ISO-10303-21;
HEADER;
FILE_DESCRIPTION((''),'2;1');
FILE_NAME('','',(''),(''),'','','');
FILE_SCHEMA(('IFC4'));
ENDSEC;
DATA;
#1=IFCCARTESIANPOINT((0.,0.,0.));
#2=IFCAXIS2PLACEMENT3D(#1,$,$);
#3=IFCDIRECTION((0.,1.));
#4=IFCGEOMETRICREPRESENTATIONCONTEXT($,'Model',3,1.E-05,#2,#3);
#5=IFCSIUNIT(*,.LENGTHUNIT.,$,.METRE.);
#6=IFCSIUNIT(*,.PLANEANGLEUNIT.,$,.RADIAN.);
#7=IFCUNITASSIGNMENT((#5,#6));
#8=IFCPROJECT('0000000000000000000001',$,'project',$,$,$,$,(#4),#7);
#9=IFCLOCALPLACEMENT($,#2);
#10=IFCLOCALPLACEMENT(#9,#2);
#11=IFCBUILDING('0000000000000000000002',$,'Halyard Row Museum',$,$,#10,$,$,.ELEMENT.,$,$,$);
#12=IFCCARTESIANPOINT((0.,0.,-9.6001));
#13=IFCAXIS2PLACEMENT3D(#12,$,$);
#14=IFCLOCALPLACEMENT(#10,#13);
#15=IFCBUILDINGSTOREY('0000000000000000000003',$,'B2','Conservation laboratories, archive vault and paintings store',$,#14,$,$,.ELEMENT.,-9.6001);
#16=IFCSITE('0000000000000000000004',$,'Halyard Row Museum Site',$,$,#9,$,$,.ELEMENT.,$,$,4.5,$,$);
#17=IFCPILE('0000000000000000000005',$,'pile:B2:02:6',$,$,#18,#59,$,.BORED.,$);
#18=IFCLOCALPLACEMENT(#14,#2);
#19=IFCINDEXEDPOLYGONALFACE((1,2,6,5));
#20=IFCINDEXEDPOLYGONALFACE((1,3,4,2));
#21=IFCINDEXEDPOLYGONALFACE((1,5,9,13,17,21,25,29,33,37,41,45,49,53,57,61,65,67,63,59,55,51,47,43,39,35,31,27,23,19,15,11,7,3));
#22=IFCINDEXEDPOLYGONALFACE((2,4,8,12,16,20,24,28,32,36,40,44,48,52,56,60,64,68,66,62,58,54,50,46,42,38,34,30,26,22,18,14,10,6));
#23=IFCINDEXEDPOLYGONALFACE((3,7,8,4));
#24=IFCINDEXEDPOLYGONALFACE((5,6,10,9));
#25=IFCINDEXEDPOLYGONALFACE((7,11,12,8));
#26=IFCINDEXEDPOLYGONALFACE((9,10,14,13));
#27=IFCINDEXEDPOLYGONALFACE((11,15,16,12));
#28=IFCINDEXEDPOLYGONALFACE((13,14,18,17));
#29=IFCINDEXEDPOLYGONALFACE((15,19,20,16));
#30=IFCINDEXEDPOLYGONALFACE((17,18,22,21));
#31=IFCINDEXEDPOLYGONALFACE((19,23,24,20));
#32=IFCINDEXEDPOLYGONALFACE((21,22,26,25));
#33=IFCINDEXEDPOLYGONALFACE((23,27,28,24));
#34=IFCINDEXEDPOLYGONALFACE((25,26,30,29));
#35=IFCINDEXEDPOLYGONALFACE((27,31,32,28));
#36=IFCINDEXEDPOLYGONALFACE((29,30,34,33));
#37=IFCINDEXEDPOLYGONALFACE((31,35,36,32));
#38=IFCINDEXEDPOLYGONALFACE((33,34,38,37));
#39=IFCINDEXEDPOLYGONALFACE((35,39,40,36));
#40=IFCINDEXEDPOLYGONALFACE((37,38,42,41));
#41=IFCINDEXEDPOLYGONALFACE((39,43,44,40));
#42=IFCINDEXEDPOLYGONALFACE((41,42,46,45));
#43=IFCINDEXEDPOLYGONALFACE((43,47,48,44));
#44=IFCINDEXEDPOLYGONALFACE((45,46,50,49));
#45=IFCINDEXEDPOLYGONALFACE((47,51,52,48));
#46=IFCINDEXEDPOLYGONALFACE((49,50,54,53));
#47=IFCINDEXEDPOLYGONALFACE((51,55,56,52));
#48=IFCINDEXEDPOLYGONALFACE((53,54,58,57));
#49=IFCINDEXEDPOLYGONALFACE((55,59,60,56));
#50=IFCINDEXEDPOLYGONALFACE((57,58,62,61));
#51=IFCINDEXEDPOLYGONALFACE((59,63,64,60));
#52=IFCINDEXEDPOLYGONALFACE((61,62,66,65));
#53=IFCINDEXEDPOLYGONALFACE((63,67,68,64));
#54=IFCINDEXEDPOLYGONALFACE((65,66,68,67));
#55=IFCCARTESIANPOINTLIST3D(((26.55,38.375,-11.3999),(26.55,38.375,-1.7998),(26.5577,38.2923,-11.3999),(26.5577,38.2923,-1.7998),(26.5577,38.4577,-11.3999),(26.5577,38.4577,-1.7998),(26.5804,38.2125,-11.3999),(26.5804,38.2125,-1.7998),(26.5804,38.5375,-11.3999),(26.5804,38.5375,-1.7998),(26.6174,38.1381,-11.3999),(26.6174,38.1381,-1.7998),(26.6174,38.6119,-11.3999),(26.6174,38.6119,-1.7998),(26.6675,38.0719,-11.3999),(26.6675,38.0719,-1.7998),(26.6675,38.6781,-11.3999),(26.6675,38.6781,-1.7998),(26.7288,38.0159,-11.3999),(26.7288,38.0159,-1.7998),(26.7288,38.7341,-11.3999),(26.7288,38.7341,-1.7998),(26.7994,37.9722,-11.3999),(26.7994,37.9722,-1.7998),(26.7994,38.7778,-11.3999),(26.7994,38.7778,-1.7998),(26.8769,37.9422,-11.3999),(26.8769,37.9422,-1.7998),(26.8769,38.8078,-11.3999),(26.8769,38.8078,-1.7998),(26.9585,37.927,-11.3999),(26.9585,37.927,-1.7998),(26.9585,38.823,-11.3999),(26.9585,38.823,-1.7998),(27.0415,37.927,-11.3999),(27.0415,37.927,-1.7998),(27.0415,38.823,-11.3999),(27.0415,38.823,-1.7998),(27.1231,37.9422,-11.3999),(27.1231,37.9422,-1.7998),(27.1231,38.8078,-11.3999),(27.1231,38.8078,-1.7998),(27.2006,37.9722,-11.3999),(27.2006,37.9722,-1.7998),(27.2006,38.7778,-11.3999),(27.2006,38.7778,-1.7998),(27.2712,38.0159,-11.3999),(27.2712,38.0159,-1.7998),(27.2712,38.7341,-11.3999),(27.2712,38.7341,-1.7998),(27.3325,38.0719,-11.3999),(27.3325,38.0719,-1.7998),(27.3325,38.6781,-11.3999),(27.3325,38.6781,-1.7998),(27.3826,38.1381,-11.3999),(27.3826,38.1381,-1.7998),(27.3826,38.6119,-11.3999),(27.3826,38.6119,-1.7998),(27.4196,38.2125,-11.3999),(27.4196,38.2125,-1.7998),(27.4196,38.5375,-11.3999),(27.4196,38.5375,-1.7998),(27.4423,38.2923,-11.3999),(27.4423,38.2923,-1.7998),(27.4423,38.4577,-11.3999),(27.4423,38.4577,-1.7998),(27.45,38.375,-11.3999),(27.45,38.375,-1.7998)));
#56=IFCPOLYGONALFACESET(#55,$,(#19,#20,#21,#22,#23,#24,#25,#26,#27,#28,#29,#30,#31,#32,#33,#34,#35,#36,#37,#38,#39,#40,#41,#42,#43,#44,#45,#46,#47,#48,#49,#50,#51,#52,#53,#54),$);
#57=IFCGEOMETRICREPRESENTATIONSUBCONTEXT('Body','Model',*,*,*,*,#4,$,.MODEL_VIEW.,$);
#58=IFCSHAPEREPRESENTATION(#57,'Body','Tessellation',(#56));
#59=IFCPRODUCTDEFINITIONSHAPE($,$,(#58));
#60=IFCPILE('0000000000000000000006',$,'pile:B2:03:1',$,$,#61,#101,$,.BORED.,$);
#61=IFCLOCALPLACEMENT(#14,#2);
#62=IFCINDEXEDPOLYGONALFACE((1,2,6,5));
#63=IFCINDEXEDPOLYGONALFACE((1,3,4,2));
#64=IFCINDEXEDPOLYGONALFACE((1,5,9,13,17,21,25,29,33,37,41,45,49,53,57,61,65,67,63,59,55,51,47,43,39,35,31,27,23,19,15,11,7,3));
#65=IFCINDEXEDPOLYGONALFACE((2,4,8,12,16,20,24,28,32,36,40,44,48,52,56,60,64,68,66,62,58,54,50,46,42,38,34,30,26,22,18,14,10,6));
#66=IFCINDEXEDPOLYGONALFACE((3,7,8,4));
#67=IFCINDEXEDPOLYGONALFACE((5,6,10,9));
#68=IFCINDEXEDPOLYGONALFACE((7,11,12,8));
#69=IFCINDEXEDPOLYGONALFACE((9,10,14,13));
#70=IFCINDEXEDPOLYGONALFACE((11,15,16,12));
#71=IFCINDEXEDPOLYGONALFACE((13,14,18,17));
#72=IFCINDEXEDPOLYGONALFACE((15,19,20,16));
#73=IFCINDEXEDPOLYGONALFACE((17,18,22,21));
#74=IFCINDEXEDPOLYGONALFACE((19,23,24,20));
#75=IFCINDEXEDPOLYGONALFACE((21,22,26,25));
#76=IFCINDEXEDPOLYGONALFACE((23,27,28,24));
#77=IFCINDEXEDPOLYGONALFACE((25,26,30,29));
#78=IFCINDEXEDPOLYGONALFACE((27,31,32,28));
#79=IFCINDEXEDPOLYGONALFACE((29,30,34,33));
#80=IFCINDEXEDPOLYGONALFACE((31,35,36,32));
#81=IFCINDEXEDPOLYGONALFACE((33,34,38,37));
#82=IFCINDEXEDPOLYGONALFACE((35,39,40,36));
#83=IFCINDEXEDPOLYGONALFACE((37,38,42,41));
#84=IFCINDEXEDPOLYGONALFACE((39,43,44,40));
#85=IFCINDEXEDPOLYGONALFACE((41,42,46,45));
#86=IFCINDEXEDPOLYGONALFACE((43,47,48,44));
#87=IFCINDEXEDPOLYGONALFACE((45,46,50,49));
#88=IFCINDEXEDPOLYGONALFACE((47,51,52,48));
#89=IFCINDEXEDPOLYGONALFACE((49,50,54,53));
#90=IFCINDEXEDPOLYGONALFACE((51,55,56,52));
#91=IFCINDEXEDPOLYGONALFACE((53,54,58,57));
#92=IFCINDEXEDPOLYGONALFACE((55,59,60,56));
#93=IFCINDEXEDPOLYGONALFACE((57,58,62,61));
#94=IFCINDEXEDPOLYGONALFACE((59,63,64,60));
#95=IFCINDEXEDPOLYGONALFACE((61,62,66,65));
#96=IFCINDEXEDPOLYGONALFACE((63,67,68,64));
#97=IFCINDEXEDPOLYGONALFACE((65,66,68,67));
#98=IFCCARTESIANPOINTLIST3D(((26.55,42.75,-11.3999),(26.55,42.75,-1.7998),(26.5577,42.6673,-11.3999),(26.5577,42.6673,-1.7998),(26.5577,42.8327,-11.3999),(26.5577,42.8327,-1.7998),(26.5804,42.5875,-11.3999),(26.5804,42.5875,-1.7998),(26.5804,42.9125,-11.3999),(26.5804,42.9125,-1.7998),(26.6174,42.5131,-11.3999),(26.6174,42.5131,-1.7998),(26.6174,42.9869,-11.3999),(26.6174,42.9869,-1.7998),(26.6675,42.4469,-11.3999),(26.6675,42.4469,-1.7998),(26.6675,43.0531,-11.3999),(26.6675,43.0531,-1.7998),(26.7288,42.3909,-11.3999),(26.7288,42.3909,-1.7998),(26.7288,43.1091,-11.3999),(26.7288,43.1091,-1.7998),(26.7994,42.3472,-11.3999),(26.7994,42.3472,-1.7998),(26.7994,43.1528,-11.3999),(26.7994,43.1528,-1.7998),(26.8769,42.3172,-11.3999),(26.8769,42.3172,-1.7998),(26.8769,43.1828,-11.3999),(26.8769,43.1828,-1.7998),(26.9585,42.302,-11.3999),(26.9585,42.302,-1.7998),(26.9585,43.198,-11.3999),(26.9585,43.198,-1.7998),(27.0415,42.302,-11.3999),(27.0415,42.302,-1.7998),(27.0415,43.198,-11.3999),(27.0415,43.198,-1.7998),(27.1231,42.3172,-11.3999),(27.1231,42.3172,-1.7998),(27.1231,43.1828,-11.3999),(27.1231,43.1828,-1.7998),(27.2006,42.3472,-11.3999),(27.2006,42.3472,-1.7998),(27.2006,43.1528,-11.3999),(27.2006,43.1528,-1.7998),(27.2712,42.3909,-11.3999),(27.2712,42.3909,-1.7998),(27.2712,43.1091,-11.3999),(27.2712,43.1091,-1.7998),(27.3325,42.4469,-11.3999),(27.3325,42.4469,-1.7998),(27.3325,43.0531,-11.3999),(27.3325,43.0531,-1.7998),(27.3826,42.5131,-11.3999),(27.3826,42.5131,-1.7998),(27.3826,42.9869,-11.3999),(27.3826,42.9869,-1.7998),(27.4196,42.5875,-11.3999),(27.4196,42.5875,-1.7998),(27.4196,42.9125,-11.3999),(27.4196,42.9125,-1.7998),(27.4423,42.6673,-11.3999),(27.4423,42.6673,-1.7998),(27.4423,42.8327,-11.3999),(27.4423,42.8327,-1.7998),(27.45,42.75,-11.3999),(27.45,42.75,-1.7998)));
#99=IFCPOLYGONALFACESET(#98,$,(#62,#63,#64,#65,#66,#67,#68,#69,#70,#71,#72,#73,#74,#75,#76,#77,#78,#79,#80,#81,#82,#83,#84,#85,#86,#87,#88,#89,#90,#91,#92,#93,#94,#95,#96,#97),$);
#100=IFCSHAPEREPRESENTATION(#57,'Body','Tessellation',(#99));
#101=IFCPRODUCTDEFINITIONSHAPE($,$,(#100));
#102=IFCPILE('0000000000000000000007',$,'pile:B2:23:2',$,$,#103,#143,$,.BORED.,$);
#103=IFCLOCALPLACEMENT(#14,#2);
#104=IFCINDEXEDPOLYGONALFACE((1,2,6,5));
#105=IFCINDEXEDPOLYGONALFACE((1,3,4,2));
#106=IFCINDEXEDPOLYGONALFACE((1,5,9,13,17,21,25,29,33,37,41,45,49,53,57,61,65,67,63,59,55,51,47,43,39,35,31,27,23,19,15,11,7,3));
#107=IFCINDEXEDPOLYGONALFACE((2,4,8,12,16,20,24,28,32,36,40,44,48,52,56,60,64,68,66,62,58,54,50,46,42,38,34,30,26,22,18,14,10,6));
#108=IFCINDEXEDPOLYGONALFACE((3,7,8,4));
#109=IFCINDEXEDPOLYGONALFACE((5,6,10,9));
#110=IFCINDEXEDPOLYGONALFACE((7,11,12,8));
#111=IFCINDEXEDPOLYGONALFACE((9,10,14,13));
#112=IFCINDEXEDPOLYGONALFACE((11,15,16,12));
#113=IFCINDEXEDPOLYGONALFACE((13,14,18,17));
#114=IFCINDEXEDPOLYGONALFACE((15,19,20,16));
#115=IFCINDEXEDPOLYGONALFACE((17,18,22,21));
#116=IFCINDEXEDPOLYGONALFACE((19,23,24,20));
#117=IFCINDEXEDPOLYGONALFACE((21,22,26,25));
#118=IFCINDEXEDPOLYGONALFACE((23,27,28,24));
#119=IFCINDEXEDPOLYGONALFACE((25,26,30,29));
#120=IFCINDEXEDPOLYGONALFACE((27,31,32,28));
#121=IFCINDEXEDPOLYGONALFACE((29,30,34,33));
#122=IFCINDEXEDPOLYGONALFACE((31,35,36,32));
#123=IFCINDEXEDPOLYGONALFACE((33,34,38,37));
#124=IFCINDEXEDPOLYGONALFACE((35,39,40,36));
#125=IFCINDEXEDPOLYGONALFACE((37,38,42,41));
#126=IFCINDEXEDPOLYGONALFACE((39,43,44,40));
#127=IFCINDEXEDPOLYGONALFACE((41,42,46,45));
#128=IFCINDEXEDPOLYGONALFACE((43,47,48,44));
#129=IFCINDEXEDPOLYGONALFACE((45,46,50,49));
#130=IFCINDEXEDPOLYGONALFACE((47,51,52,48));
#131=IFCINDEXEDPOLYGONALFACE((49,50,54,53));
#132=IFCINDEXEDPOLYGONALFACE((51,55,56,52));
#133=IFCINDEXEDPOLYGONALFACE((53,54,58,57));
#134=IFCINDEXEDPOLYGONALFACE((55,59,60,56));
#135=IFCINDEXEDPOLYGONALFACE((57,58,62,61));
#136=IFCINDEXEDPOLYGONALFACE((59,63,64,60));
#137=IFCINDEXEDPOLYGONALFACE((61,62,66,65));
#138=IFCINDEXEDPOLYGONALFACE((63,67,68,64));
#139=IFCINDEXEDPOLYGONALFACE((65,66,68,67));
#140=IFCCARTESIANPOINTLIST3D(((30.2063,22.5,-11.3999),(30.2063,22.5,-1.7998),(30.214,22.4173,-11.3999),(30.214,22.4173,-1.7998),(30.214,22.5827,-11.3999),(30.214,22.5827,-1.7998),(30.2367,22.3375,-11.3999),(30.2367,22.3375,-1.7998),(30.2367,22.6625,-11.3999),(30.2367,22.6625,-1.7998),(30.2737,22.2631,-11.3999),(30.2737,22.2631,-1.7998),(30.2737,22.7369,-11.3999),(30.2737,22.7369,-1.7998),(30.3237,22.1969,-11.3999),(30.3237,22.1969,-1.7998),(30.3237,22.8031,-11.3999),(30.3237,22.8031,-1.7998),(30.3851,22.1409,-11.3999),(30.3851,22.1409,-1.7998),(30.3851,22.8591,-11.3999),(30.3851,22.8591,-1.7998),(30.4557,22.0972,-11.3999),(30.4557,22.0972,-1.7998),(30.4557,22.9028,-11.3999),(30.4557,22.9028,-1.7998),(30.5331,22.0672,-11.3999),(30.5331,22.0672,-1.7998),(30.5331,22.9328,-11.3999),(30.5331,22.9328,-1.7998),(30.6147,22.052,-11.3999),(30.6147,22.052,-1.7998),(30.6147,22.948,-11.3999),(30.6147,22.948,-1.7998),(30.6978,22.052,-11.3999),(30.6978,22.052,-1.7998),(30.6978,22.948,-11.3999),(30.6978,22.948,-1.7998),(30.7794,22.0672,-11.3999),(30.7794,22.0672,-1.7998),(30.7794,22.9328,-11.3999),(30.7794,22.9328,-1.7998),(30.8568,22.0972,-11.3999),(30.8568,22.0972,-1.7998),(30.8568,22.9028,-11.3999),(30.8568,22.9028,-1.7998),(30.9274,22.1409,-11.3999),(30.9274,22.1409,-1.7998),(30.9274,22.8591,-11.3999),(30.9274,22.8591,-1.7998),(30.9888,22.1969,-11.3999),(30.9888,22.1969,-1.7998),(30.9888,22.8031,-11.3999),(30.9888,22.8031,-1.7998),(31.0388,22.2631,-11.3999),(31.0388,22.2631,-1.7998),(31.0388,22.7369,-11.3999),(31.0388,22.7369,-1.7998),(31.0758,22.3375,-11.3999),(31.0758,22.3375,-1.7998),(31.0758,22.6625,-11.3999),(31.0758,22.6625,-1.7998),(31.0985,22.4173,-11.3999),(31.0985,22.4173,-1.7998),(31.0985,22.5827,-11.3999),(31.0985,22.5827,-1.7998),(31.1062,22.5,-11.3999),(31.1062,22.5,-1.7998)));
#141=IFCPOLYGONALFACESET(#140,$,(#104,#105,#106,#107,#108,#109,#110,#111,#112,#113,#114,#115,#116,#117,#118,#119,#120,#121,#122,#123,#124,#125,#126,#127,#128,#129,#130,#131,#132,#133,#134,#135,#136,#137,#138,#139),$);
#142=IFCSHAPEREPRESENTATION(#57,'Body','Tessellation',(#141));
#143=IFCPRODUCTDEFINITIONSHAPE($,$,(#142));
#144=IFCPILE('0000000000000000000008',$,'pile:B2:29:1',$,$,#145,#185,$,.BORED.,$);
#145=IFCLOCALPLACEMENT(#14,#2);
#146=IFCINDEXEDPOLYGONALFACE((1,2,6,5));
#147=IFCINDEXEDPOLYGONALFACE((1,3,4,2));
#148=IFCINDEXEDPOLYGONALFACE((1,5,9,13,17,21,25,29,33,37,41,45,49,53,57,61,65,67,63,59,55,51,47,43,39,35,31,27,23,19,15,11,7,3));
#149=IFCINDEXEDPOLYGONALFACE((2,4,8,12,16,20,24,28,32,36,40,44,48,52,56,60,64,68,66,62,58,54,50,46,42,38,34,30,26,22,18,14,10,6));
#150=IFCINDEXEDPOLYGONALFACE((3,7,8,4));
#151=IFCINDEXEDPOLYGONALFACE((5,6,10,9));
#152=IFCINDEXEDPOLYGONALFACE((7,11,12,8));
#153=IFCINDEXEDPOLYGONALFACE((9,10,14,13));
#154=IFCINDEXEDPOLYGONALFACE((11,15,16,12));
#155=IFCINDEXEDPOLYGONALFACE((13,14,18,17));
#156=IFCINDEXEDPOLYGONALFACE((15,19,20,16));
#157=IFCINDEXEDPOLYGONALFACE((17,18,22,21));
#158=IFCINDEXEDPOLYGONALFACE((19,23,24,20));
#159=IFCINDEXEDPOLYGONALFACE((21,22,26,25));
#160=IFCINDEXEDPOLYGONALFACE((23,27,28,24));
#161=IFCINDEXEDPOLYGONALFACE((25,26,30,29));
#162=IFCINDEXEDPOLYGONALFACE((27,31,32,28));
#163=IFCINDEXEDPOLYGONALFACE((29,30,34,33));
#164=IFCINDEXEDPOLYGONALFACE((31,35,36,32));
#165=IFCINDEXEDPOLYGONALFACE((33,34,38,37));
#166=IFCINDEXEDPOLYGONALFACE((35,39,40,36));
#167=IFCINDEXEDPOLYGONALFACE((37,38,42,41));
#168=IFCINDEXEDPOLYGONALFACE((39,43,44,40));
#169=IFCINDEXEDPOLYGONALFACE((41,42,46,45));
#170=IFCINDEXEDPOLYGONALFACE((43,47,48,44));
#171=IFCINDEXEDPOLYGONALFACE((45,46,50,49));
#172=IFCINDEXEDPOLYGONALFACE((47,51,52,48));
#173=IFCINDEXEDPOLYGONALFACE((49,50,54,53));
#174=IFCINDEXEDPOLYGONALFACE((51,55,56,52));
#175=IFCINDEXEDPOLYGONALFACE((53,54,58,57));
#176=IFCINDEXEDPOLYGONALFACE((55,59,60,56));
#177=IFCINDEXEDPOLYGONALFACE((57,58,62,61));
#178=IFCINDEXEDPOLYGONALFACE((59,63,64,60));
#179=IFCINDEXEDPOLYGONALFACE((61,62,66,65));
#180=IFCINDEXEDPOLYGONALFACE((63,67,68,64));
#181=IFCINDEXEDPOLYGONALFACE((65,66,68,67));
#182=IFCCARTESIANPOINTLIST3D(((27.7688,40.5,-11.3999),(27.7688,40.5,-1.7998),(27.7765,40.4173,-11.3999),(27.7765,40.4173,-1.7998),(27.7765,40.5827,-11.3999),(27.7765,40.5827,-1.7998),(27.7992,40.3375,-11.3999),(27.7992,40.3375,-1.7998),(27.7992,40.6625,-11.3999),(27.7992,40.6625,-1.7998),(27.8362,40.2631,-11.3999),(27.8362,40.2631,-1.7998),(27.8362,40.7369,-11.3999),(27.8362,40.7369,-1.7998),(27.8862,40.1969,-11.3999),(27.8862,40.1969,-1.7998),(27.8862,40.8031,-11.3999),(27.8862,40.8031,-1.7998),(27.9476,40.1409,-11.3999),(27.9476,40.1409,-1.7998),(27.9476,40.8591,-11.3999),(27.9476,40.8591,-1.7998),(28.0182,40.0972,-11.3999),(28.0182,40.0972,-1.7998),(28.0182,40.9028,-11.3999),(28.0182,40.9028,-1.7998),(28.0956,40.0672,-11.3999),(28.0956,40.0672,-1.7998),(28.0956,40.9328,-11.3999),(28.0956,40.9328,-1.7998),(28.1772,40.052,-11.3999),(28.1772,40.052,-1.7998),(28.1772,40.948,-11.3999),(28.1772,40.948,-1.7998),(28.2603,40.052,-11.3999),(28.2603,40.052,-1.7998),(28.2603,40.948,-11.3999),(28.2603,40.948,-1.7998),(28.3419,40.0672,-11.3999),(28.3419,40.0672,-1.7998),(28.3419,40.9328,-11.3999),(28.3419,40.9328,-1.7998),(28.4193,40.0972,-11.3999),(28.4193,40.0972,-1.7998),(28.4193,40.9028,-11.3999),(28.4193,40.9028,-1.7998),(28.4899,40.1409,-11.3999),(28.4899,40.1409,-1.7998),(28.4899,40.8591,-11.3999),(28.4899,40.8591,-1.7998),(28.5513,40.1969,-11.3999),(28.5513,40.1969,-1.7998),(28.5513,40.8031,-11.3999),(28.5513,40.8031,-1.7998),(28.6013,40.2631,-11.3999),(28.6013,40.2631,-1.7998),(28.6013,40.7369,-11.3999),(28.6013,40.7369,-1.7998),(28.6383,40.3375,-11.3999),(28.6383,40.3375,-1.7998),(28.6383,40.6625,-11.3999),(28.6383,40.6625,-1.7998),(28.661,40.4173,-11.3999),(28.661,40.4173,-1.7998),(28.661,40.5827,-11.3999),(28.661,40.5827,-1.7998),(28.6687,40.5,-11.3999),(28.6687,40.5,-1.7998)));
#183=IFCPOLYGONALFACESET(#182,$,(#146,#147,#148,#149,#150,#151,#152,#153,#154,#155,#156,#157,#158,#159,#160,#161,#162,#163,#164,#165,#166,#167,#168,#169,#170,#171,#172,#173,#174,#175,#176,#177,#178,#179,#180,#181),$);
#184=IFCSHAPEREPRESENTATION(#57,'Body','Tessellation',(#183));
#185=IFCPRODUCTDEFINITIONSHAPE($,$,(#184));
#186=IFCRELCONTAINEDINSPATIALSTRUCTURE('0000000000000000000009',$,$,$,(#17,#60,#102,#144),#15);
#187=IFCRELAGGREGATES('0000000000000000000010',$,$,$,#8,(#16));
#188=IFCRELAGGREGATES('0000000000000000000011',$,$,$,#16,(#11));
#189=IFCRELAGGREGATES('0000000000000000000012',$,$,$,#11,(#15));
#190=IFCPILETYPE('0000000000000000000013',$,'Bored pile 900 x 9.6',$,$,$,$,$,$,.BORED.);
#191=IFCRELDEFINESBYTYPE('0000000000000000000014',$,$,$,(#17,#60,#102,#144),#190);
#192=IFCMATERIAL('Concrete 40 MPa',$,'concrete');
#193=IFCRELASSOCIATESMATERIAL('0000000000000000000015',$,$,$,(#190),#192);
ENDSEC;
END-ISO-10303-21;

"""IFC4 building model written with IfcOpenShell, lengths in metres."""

from ifc_helpers import new_model, si_unit, direction, frame, origin, origin_2d, place, context, subcontext, project, spatial, circle, extrude, material, material_profile, profile_set, type_object, element, save


model = new_model("IFC4")

# Units and contexts
model_context = context("Model", 3, precision=1e-05, world=origin(), true_north=direction((0.0, 1.0)))
body_context = subcontext(model_context, "Body", "Model", "MODEL_VIEW")
ifc_project = project(units=[si_unit("LENGTHUNIT", "METRE"), si_unit("PLANEANGLEUNIT", "RADIAN")], contexts=[model_context])

# Site, building, storey
site_placement = place(None, origin())
site = spatial("IfcSite", under=ifc_project, at=site_placement, Name="Halyard Row Museum Site", CompositionType="ELEMENT", RefElevation=4.5)
building_placement = place(site_placement, origin())
building = spatial("IfcBuilding", under=site, at=building_placement, Name="Halyard Row Museum", CompositionType="ELEMENT")
storey_placement = place(building_placement, frame((0.0, 0.0, -9.6001)))
storey = spatial("IfcBuildingStorey", under=building, at=storey_placement, Name="B2", Description="Conservation laboratories, archive vault and paintings store", CompositionType="ELEMENT", Elevation=-9.6001)

# Piles
ifc_material_1 = material(Name="Concrete 40 MPa", Category="concrete")
ifc_material_profile_1 = material_profile(ifc_material_1, circle(Radius=0.45, at=origin_2d()), Name="Bored pile 900 x 9.6")
ifc_profile_set_1 = profile_set([ifc_material_profile_1], Name="Concrete 40 MPa")
pile_type_1 = type_object("IfcPileType", Name="Bored pile 900 x 9.6", PredefinedType="BORED", material=ifc_profile_set_1)
for number, where, z_axis, x_axis, name in (
    (1, (27.0, 38.375, -1.7998), (0.0, 0.0, -1.0), (1.0, 0.0, 0.0), "pile:B2:02:6"),
    (2, (27.0, 42.75, -1.7998), (0.0, 0.0, -1.0), (1.0, 0.0, 0.0), "pile:B2:03:1"),
    (3, (30.6562, 22.5, -1.7998), (0.0, 0.0, -1.0), (1.0, 0.0, 0.0), "pile:B2:23:2"),
    (4, (28.2188, 40.5, -1.7998), (0.0, 0.0, -1.0), (1.0, 0.0, 0.0), "pile:B2:29:1"),
):
    element("IfcPile", number, at=place(storey_placement, frame(where, z_axis=z_axis, x_axis=x_axis)), inside=storey, type_object=pile_type_1, Name=name, PredefinedType="BORED", context=body_context, shape_type="SweptSolid", body=[
        extrude(circle(Radius=0.45, at=origin_2d()), origin(), (0.0, 0.0, 1.0), 9.6001),
    ])

save(model, "model.ifc")
